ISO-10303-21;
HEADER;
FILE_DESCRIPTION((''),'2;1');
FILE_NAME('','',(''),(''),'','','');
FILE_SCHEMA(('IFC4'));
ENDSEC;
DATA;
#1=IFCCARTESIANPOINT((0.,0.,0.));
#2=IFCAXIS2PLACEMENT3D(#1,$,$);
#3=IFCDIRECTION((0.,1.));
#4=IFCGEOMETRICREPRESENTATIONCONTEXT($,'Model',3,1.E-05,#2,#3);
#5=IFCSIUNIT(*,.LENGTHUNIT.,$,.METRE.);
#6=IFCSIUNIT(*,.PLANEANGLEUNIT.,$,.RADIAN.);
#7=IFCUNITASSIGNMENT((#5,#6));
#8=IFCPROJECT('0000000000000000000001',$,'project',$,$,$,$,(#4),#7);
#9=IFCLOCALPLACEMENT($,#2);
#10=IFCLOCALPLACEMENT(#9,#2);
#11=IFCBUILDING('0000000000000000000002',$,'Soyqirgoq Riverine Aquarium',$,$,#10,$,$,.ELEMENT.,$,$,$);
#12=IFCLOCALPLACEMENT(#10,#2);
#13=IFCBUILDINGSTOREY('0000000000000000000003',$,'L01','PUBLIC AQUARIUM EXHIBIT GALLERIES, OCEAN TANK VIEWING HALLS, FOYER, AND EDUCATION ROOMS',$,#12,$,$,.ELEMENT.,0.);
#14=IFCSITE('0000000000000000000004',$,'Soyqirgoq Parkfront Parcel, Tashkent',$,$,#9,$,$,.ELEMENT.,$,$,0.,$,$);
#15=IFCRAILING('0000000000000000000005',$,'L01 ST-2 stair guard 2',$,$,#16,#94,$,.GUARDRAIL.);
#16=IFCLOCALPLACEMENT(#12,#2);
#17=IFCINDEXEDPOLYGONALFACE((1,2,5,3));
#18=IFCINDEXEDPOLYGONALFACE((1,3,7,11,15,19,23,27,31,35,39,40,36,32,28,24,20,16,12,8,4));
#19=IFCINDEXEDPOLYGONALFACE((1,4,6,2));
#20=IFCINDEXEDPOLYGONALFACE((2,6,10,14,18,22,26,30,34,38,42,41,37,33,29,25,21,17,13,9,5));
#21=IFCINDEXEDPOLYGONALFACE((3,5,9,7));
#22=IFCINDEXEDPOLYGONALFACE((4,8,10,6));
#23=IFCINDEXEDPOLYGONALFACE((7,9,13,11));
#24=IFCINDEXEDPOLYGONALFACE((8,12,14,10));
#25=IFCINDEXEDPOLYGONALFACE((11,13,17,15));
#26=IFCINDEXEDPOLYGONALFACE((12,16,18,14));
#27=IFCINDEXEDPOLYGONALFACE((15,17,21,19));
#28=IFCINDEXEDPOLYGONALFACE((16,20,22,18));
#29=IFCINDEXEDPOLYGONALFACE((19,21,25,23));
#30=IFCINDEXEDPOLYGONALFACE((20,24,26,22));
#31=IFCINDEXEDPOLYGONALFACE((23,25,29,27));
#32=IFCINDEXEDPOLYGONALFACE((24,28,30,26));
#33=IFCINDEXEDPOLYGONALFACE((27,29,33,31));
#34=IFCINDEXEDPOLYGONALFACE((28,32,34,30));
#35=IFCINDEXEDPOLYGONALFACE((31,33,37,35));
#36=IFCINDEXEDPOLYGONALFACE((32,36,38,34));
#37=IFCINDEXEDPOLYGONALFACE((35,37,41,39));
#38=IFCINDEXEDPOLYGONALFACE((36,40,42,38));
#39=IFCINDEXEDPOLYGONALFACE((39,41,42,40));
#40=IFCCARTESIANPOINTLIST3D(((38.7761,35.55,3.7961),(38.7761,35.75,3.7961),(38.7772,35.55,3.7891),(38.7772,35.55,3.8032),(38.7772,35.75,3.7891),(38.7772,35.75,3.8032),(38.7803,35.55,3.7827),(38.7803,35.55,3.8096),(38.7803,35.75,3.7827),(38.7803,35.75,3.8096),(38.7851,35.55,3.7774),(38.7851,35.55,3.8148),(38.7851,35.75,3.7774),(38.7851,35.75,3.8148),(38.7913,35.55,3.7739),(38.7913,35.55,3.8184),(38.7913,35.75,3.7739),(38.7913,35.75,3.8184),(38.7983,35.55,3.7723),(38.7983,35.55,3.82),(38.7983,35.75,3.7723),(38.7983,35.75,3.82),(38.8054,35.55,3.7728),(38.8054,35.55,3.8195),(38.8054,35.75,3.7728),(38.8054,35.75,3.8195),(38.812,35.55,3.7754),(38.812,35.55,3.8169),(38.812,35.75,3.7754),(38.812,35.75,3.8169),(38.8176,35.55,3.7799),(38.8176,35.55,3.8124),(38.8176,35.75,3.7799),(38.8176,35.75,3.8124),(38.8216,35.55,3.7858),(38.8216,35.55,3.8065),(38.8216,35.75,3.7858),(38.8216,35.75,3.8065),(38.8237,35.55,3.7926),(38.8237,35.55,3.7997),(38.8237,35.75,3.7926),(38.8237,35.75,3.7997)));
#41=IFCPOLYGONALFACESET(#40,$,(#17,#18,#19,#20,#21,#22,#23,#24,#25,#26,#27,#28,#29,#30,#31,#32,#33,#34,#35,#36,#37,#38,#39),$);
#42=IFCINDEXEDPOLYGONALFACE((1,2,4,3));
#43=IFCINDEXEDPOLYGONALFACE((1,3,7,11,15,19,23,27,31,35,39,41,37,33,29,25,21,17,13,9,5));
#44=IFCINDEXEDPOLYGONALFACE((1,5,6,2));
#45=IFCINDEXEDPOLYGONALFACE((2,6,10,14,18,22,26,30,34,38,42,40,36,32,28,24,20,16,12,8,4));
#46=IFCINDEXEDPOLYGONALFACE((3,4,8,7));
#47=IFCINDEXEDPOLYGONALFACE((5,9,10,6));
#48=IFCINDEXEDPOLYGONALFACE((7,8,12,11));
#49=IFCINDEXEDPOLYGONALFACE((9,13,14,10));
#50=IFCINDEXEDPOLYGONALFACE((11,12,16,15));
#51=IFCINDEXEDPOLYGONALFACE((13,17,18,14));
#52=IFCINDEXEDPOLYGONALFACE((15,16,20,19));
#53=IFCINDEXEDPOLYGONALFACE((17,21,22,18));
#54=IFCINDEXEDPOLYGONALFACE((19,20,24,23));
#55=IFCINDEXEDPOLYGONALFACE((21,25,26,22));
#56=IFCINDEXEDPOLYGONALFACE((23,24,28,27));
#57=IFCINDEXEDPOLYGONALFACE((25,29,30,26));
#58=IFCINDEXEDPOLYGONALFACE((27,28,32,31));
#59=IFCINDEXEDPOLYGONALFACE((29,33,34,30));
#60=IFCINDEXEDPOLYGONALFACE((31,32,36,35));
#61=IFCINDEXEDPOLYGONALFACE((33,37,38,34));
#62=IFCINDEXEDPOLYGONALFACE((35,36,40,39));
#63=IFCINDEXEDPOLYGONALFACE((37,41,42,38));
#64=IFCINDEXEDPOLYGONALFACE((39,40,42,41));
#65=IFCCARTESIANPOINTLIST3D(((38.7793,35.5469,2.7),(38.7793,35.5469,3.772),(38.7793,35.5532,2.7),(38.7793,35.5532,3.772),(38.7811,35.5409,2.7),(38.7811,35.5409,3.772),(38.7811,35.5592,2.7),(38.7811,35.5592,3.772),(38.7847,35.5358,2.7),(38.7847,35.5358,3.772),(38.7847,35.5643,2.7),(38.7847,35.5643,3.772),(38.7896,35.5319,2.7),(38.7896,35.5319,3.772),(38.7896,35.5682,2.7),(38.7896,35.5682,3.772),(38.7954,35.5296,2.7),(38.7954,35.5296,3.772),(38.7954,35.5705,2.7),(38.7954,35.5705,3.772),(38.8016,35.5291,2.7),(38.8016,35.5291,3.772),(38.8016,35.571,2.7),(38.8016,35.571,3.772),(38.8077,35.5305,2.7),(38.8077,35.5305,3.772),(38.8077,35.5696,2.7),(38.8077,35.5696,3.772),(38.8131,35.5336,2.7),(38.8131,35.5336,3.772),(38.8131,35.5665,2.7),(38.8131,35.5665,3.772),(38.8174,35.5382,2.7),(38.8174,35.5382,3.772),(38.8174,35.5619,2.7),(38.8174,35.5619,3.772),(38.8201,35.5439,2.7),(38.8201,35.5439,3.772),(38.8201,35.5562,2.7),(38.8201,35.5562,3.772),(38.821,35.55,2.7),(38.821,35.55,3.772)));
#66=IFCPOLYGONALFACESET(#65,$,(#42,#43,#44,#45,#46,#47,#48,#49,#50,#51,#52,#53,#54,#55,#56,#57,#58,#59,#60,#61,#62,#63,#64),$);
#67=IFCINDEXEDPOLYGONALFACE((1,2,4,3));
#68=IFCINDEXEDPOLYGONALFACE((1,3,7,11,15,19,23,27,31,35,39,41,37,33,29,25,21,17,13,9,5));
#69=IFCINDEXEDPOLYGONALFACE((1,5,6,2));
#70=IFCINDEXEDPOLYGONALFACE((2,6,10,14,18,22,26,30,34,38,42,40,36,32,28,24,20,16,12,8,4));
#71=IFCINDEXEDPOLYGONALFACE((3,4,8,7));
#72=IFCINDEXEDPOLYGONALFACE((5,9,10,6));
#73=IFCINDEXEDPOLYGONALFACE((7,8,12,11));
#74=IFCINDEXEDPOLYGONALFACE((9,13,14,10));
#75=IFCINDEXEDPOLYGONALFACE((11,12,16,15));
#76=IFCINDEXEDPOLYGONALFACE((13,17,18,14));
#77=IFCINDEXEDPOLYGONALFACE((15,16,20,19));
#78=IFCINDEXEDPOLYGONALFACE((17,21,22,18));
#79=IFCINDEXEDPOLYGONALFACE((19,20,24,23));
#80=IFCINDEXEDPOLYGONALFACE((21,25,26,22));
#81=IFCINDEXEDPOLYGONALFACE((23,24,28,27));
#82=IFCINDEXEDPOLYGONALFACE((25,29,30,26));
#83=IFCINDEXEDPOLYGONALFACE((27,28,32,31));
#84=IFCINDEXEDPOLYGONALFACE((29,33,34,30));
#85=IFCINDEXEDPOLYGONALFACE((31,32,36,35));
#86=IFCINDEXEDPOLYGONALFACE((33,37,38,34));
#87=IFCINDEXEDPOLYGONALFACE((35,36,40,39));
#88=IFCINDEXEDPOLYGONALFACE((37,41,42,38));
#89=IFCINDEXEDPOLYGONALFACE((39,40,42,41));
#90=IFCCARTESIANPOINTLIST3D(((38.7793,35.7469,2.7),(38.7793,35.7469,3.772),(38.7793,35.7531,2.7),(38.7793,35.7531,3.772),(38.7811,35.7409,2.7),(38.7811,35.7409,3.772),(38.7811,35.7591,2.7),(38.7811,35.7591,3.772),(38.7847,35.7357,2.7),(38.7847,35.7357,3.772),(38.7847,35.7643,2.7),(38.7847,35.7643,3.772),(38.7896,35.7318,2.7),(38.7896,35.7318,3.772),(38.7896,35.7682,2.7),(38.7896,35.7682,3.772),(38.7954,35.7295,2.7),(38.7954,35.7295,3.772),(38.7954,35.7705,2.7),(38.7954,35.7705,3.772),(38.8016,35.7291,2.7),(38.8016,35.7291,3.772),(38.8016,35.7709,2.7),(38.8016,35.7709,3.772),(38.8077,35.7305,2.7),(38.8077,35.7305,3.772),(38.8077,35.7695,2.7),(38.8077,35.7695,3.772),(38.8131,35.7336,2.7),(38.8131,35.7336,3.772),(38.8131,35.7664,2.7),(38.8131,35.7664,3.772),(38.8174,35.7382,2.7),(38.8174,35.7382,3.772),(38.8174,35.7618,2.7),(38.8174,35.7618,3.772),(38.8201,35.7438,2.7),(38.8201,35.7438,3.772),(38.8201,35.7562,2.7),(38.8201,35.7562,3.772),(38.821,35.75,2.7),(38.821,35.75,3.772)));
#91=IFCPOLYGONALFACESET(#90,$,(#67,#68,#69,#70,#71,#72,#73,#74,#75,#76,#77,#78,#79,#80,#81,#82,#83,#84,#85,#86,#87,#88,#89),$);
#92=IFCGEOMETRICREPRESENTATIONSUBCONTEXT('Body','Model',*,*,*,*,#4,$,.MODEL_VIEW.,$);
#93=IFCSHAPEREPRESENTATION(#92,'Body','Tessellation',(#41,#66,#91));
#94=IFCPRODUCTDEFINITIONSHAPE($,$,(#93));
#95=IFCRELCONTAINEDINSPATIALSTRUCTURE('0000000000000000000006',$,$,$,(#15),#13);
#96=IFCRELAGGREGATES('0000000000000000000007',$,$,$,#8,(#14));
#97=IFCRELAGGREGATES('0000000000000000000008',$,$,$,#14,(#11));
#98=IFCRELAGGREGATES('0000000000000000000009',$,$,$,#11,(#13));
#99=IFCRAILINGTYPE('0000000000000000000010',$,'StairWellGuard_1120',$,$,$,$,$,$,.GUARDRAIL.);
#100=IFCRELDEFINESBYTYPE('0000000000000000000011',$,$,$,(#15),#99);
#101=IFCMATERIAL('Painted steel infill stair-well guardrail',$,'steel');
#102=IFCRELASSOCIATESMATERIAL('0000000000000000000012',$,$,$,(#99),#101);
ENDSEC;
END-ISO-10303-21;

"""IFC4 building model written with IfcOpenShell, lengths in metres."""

from ifc_helpers import new_model, si_unit, direction, frame, origin, origin_2d, place, context, subcontext, project, spatial, circle, extrude, material, type_object, element, save


model = new_model("IFC4")

# Units and contexts
model_context = context("Model", 3, precision=1e-05, world=origin(), true_north=direction((0.0, 1.0)))
body_context = subcontext(model_context, "Body", "Model", "MODEL_VIEW")
ifc_project = project(units=[si_unit("LENGTHUNIT", "METRE"), si_unit("PLANEANGLEUNIT", "RADIAN")], contexts=[model_context])

# Site, building, storey
site_placement = place(None, origin())
site = spatial("IfcSite", under=ifc_project, at=site_placement, Name="Soyqirgoq Parkfront Parcel, Tashkent", CompositionType="ELEMENT", RefElevation=0.0)
building_placement = place(site_placement, origin())
building = spatial("IfcBuilding", under=site, at=building_placement, Name="Soyqirgoq Riverine Aquarium", CompositionType="ELEMENT")
storey_placement = place(building_placement, origin())
storey = spatial("IfcBuildingStorey", under=building, at=storey_placement, Name="L01", Description="PUBLIC AQUARIUM EXHIBIT GALLERIES, OCEAN TANK VIEWING HALLS, FOYER, AND EDUCATION ROOMS", CompositionType="ELEMENT", Elevation=0.0)

# Railing
ifc_material_1 = material(Name="Painted steel infill stair-well guardrail", Category="steel")
railing_type_1 = type_object("IfcRailingType", Name="StairWellGuard_1120", PredefinedType="GUARDRAIL", material=ifc_material_1)
railing_1_placement = place(storey_placement, frame((38.8, 35.55, 2.7)))
element("IfcRailing", 1, at=railing_1_placement, inside=storey, type_object=railing_type_1, Name="L01 ST-2 stair guard 2", PredefinedType="GUARDRAIL", context=body_context, shape_type="SweptSolid", body=[
    extrude(circle(Radius=0.0239, at=origin_2d()), frame((0.0, 0.0, 1.0962), z_axis=(0.0, 1.0, 0.0), x_axis=(-1.0, 0.0, 0.0)), (0.0, 0.0, 1.0), 0.2),
    extrude(circle(Radius=0.021, at=origin_2d()), origin(), (0.0, 0.0, 1.0), 1.072),
    extrude(circle(Radius=0.021, at=origin_2d()), frame((0.0, 0.2, 0.0)), (0.0, 0.0, 1.0), 1.072),
])

save(model, "model.ifc")
